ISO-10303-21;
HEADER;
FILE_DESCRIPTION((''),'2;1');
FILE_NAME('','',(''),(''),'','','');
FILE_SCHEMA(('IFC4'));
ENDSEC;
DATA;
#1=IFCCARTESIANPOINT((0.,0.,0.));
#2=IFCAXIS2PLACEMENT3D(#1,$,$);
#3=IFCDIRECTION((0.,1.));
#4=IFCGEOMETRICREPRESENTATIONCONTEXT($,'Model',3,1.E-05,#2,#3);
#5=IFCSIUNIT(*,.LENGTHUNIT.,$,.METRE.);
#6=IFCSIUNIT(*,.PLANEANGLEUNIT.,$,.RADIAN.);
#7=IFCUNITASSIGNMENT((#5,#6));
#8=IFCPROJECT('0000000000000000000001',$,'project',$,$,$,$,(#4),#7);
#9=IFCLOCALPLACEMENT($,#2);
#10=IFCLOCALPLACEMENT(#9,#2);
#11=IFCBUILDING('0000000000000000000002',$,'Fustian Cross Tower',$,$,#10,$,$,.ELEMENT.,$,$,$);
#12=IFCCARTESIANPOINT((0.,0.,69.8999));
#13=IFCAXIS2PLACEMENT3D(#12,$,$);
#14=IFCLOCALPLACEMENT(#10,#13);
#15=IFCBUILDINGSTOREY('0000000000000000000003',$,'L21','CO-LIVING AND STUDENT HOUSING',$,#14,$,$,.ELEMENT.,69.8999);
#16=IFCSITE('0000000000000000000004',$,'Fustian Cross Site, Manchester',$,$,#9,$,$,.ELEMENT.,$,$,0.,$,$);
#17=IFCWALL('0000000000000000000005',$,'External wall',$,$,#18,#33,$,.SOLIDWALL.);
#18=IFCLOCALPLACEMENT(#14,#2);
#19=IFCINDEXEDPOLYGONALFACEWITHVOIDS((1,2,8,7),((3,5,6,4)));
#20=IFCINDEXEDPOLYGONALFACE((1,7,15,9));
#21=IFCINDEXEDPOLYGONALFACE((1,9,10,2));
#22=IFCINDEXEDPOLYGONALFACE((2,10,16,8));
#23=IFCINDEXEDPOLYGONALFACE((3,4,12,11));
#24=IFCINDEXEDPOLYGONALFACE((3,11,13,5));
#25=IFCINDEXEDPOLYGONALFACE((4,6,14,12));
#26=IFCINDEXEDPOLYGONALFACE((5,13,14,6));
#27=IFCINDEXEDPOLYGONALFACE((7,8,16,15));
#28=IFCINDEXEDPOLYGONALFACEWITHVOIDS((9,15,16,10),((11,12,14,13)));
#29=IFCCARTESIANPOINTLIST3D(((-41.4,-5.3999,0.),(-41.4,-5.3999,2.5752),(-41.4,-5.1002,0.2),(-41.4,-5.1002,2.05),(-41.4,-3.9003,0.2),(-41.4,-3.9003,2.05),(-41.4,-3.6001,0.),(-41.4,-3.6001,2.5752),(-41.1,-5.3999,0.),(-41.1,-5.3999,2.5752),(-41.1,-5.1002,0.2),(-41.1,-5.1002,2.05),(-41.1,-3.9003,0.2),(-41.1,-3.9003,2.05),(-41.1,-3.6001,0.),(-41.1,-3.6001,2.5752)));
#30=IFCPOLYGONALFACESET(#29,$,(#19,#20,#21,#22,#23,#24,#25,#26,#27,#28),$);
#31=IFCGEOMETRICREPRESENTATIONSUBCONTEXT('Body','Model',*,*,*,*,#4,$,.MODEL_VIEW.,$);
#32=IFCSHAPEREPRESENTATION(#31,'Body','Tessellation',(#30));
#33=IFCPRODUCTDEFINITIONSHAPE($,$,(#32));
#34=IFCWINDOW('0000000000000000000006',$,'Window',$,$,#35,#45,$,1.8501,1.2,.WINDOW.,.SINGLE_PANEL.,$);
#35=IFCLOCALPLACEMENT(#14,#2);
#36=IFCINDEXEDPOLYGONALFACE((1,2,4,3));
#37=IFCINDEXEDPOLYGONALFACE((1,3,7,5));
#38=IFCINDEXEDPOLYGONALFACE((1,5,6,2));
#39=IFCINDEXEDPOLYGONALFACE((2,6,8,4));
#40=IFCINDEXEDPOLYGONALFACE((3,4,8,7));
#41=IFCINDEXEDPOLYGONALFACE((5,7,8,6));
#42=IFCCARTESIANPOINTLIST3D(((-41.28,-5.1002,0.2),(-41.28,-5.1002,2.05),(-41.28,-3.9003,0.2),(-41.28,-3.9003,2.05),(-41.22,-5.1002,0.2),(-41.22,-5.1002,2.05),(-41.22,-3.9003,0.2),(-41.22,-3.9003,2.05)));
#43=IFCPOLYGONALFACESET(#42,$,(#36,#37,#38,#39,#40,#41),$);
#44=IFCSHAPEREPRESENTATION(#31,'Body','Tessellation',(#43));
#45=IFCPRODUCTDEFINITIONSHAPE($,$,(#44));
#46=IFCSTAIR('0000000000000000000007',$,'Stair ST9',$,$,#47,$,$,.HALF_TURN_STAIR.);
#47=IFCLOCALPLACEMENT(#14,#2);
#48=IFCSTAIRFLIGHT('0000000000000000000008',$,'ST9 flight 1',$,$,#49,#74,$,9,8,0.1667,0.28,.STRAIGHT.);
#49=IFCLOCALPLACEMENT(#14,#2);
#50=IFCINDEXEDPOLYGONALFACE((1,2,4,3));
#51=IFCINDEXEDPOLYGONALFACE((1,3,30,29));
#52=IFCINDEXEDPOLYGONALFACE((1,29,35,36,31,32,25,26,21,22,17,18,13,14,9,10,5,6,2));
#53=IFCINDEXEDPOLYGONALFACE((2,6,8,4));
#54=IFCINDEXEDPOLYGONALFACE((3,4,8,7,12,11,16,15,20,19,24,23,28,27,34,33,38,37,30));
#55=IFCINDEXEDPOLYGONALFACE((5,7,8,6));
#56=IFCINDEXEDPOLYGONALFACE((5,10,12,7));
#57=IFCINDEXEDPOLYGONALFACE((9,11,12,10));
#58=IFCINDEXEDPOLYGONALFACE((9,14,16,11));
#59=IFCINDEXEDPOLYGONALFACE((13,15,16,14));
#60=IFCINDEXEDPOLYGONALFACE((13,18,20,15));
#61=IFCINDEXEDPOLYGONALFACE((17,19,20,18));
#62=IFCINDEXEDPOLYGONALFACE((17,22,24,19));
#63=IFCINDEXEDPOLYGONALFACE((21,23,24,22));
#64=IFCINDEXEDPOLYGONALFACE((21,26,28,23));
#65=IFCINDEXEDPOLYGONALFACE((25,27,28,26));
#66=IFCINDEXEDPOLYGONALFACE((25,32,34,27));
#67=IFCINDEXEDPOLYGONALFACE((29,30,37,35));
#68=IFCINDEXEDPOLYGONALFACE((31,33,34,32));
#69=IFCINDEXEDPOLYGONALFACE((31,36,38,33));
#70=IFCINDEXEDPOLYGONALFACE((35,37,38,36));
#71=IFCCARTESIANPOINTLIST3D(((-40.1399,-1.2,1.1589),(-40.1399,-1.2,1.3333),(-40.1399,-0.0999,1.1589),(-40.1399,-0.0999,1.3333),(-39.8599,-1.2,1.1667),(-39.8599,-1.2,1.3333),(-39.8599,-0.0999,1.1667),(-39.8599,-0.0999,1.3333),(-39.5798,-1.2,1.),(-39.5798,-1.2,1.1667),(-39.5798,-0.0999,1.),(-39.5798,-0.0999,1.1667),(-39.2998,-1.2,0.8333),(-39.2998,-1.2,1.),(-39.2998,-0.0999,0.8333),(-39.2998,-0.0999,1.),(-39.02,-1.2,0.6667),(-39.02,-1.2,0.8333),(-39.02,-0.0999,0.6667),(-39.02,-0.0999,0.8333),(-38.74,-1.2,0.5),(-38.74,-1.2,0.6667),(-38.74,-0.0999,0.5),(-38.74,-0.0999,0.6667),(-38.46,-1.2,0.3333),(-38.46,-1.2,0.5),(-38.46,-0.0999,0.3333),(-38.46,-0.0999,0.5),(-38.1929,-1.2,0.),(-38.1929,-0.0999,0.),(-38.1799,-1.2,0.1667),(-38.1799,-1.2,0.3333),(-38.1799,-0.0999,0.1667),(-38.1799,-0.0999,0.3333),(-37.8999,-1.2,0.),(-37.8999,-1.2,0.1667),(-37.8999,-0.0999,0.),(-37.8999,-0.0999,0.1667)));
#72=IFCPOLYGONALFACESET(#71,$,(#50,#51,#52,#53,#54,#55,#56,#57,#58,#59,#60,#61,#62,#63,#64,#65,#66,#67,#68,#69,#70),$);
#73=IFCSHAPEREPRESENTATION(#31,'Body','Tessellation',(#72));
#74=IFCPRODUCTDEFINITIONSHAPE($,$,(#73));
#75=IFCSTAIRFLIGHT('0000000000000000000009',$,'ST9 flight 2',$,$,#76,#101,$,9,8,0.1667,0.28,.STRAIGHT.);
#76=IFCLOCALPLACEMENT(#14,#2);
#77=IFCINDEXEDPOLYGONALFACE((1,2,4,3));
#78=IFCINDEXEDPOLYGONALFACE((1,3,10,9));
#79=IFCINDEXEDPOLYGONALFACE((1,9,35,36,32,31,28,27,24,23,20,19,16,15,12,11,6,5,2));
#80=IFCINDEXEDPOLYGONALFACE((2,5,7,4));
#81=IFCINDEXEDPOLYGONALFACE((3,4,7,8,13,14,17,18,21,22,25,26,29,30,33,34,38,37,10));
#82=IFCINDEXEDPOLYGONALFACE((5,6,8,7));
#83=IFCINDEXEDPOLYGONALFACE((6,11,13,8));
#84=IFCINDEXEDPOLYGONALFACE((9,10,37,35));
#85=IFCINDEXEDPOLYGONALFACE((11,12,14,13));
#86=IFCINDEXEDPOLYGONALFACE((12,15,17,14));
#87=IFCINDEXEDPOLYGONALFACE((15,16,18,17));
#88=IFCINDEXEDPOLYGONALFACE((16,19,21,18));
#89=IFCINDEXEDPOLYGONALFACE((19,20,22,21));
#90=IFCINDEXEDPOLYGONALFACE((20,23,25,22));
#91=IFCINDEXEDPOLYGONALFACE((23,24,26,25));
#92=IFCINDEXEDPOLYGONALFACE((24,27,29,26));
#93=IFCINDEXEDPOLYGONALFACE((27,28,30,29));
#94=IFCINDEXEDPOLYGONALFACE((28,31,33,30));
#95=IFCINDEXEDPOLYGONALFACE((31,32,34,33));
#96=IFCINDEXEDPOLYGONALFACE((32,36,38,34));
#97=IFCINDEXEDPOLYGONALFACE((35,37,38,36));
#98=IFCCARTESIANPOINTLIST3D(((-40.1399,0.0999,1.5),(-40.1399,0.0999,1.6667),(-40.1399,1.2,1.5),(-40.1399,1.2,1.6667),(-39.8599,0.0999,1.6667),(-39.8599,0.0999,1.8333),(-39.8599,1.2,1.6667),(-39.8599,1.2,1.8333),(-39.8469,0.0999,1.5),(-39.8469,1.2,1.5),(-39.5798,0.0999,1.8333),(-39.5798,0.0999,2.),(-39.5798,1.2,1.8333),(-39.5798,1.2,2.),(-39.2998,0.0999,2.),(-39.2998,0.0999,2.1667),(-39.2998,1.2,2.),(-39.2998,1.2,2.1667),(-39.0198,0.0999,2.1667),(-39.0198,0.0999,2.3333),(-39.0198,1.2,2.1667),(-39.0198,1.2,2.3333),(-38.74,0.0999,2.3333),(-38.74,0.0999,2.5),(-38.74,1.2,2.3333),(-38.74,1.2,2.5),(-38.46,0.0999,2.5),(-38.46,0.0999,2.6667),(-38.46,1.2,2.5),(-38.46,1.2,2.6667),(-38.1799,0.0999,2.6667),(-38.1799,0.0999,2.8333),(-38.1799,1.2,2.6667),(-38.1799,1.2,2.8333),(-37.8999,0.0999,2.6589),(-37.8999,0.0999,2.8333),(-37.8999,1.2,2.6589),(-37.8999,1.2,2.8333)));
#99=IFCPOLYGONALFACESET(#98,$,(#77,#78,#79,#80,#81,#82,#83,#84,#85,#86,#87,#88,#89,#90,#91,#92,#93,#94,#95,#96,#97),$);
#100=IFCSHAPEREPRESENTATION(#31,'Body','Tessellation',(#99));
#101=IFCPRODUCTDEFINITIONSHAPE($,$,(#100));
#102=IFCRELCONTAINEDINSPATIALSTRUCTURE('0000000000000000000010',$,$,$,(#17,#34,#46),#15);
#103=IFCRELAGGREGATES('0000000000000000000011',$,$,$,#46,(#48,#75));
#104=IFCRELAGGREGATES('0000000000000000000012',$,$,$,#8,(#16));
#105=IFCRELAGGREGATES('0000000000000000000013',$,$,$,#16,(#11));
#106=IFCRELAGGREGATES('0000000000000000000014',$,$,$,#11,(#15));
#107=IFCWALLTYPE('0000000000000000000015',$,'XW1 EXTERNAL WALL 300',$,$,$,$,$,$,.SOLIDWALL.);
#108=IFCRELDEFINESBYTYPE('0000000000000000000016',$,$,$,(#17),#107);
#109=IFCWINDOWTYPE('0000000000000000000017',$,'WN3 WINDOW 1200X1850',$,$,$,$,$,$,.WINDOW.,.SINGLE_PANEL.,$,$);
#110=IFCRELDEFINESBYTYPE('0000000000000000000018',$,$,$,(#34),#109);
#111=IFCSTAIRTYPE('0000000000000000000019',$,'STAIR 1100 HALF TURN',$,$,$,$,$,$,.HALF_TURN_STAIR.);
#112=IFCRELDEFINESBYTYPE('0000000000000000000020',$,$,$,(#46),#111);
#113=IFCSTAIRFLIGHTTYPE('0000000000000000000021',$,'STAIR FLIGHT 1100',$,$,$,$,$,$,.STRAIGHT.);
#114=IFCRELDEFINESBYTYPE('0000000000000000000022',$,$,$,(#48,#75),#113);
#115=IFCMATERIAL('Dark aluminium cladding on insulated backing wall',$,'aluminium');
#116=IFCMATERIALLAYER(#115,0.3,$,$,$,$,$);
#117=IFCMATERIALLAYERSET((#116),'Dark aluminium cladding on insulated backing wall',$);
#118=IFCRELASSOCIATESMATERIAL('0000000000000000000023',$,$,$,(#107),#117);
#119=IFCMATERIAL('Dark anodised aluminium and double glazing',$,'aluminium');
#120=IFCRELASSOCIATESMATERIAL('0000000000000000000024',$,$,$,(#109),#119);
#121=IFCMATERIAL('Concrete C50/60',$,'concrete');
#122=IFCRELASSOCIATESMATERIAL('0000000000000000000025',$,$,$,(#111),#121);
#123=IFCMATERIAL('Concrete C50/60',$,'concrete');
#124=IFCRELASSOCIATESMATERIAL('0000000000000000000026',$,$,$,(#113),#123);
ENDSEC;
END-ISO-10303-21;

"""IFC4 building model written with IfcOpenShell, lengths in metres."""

from ifc_helpers import new_model, si_unit, direction, frame, frame_2d, origin, place, context, subcontext, project, spatial, polyline, rectangle, outline, extrude, material, layer, layer_set, type_object, element, fill, aggregate, save


model = new_model("IFC4")

# Units and contexts
model_context = context("Model", 3, precision=1e-05, world=origin(), true_north=direction((0.0, 1.0)))
body_context = subcontext(model_context, "Body", "Model", "MODEL_VIEW")
ifc_project = project(units=[si_unit("LENGTHUNIT", "METRE"), si_unit("PLANEANGLEUNIT", "RADIAN")], contexts=[model_context])

# Site, building, storey
site_placement = place(None, origin())
site = spatial("IfcSite", under=ifc_project, at=site_placement, Name="Fustian Cross Site, Manchester", CompositionType="ELEMENT", RefElevation=0.0)
building_placement = place(site_placement, origin())
building = spatial("IfcBuilding", under=site, at=building_placement, Name="Fustian Cross Tower", CompositionType="ELEMENT")
storey_placement = place(building_placement, frame((0.0, 0.0, 69.8999)))
storey = spatial("IfcBuildingStorey", under=building, at=storey_placement, Name="L21", Description="CO-LIVING AND STUDENT HOUSING", CompositionType="ELEMENT", Elevation=69.8999)

# Shared definitions
ifc_material_1 = material(Name="Dark aluminium cladding on insulated backing wall", Category="aluminium")
ifc_layer_1 = layer(ifc_material_1, 0.3)
ifc_layer_set_1 = layer_set([ifc_layer_1], Name="Dark aluminium cladding on insulated backing wall")
wall_type_1 = type_object("IfcWallType", Name="XW1 EXTERNAL WALL 300", PredefinedType="SOLIDWALL", material=ifc_layer_set_1)

# Wall, opening, window
wall_1_placement = place(storey_placement, frame((-41.25, -3.6001, 0.0), z_axis=(0.0, 0.0, 1.0), x_axis=(0.0, -1.0, 0.0)))
wall_1 = element("IfcWall", 1, at=wall_1_placement, inside=storey, type_object=wall_type_1, Name="External wall", PredefinedType="SOLIDWALL", context=body_context, shape_type="SweptSolid", body=[
    extrude(rectangle(XDim=1.7998, YDim=0.3, at=frame_2d((0.8999, 0.0))), origin(), (0.0, 0.0, 1.0), 2.5752),
])
opening_1_placement = place(wall_1_placement, frame((0.3, 0.0, 0.2)))
opening_1 = element("IfcOpeningElement", 2, at=opening_1_placement, cuts=wall_1, PredefinedType="OPENING", context=body_context, shape_type="SweptSolid", body=[
    extrude(rectangle(XDim=1.2, YDim=1.8501, at=frame_2d((0.6001, 0.925))), frame((0.0, 0.1599, 0.0), z_axis=(0.0, -1.0, 0.0), x_axis=(1.0, 0.0, 0.0)), (0.0, 0.0, 1.0), 0.3201),
])
ifc_material_2 = material(Name="Dark anodised aluminium and double glazing", Category="aluminium")
window_type = type_object("IfcWindowType", Name="WN3 WINDOW 1200X1850", PartitioningType="SINGLE_PANEL", PredefinedType="WINDOW", material=ifc_material_2)
window_placement = place(opening_1_placement, origin())
window = element("IfcWindow", 3, at=window_placement, inside=storey, type_object=window_type, Name="Window", OverallHeight=1.8501, OverallWidth=1.2, PartitioningType="SINGLE_PANEL", PredefinedType="WINDOW", context=body_context, shape_type="SweptSolid", body=[
    extrude(rectangle(XDim=1.2, YDim=1.8501, at=frame_2d((0.6001, 0.925))), frame((0.0, 0.03, 0.0), z_axis=(0.0, -1.0, 0.0), x_axis=(1.0, 0.0, 0.0)), (0.0, 0.0, 1.0), 0.0601),
])
fill(opening_1, window)

# Stair, stair flights
ifc_material_3 = material(Name="Concrete C50/60", Category="concrete")
stair_type = type_object("IfcStairType", Name="STAIR 1100 HALF TURN", PredefinedType="HALF_TURN_STAIR", material=ifc_material_3)
stair_placement = place(storey_placement, origin())
stair = element("IfcStair", 4, at=stair_placement, inside=storey, type_object=stair_type, Name="Stair ST9", PredefinedType="HALF_TURN_STAIR")
ifc_material_4 = material(Name="Concrete C50/60", Category="concrete")
stair_flight_type = type_object("IfcStairFlightType", Name="STAIR FLIGHT 1100", PredefinedType="STRAIGHT", material=ifc_material_4)
stair_flight_1_placement = place(storey_placement, frame((-37.8999, -0.6499, 0.0), z_axis=(0.0, 0.0, 1.0), x_axis=(-1.0, 0.0, 0.0)))
stair_flight_1 = element("IfcStairFlight", 5, at=stair_flight_1_placement, type_object=stair_flight_type, Name="ST9 flight 1", NumberOfRisers=9, NumberOfTreads=8, PredefinedType="STRAIGHT", RiserHeight=0.1667, TreadLength=0.28, context=body_context, shape_type="SweptSolid", body=[
    extrude(outline(polyline([(0.0, 0.0), (0.0, 0.1667), (0.28, 0.1667), (0.28, 0.3333), (0.5601, 0.3333), (0.5601, 0.5), (0.8401, 0.5), (0.8401, 0.6667), (1.1201, 0.6667), (1.1201, 0.8333), (1.3999, 0.8333), (1.3999, 1.0), (1.6799, 1.0), (1.6799, 1.1667), (1.96, 1.1667), (1.96, 1.3333), (2.24, 1.3333), (2.24, 1.5), (2.24, 1.1589), (0.293, 0.0), (0.0, 0.0)])), frame((0.0, 0.55, 0.0), z_axis=(0.0, -1.0, 0.0), x_axis=(1.0, 0.0, 0.0)), (0.0, 0.0, 1.0), 1.1001),
])
stair_flight_2_placement = place(storey_placement, frame((-40.1399, 0.6499, 1.5), z_axis=(0.0, 0.0, 1.0), x_axis=(1.0, 0.0, 0.0)))
stair_flight_2 = element("IfcStairFlight", 6, at=stair_flight_2_placement, type_object=stair_flight_type, Name="ST9 flight 2", NumberOfRisers=9, NumberOfTreads=8, PredefinedType="STRAIGHT", RiserHeight=0.1667, TreadLength=0.28, context=body_context, shape_type="SweptSolid", body=[
    extrude(outline(polyline([(0.0, 0.0), (0.0, 0.1667), (0.28, 0.1667), (0.28, 0.3333), (0.5601, 0.3333), (0.5601, 0.5), (0.8401, 0.5), (0.8401, 0.6667), (1.1201, 0.6667), (1.1201, 0.8333), (1.3999, 0.8333), (1.3999, 1.0), (1.6799, 1.0), (1.6799, 1.1667), (1.96, 1.1667), (1.96, 1.3333), (2.24, 1.3333), (2.24, 1.5), (2.24, 1.1589), (0.293, 0.0), (0.0, 0.0)])), frame((0.0, 0.55, 0.0), z_axis=(0.0, -1.0, 0.0), x_axis=(1.0, 0.0, 0.0)), (0.0, 0.0, 1.0), 1.1001),
])
aggregate(stair, [stair_flight_1, stair_flight_2])

save(model, "model.ifc")
